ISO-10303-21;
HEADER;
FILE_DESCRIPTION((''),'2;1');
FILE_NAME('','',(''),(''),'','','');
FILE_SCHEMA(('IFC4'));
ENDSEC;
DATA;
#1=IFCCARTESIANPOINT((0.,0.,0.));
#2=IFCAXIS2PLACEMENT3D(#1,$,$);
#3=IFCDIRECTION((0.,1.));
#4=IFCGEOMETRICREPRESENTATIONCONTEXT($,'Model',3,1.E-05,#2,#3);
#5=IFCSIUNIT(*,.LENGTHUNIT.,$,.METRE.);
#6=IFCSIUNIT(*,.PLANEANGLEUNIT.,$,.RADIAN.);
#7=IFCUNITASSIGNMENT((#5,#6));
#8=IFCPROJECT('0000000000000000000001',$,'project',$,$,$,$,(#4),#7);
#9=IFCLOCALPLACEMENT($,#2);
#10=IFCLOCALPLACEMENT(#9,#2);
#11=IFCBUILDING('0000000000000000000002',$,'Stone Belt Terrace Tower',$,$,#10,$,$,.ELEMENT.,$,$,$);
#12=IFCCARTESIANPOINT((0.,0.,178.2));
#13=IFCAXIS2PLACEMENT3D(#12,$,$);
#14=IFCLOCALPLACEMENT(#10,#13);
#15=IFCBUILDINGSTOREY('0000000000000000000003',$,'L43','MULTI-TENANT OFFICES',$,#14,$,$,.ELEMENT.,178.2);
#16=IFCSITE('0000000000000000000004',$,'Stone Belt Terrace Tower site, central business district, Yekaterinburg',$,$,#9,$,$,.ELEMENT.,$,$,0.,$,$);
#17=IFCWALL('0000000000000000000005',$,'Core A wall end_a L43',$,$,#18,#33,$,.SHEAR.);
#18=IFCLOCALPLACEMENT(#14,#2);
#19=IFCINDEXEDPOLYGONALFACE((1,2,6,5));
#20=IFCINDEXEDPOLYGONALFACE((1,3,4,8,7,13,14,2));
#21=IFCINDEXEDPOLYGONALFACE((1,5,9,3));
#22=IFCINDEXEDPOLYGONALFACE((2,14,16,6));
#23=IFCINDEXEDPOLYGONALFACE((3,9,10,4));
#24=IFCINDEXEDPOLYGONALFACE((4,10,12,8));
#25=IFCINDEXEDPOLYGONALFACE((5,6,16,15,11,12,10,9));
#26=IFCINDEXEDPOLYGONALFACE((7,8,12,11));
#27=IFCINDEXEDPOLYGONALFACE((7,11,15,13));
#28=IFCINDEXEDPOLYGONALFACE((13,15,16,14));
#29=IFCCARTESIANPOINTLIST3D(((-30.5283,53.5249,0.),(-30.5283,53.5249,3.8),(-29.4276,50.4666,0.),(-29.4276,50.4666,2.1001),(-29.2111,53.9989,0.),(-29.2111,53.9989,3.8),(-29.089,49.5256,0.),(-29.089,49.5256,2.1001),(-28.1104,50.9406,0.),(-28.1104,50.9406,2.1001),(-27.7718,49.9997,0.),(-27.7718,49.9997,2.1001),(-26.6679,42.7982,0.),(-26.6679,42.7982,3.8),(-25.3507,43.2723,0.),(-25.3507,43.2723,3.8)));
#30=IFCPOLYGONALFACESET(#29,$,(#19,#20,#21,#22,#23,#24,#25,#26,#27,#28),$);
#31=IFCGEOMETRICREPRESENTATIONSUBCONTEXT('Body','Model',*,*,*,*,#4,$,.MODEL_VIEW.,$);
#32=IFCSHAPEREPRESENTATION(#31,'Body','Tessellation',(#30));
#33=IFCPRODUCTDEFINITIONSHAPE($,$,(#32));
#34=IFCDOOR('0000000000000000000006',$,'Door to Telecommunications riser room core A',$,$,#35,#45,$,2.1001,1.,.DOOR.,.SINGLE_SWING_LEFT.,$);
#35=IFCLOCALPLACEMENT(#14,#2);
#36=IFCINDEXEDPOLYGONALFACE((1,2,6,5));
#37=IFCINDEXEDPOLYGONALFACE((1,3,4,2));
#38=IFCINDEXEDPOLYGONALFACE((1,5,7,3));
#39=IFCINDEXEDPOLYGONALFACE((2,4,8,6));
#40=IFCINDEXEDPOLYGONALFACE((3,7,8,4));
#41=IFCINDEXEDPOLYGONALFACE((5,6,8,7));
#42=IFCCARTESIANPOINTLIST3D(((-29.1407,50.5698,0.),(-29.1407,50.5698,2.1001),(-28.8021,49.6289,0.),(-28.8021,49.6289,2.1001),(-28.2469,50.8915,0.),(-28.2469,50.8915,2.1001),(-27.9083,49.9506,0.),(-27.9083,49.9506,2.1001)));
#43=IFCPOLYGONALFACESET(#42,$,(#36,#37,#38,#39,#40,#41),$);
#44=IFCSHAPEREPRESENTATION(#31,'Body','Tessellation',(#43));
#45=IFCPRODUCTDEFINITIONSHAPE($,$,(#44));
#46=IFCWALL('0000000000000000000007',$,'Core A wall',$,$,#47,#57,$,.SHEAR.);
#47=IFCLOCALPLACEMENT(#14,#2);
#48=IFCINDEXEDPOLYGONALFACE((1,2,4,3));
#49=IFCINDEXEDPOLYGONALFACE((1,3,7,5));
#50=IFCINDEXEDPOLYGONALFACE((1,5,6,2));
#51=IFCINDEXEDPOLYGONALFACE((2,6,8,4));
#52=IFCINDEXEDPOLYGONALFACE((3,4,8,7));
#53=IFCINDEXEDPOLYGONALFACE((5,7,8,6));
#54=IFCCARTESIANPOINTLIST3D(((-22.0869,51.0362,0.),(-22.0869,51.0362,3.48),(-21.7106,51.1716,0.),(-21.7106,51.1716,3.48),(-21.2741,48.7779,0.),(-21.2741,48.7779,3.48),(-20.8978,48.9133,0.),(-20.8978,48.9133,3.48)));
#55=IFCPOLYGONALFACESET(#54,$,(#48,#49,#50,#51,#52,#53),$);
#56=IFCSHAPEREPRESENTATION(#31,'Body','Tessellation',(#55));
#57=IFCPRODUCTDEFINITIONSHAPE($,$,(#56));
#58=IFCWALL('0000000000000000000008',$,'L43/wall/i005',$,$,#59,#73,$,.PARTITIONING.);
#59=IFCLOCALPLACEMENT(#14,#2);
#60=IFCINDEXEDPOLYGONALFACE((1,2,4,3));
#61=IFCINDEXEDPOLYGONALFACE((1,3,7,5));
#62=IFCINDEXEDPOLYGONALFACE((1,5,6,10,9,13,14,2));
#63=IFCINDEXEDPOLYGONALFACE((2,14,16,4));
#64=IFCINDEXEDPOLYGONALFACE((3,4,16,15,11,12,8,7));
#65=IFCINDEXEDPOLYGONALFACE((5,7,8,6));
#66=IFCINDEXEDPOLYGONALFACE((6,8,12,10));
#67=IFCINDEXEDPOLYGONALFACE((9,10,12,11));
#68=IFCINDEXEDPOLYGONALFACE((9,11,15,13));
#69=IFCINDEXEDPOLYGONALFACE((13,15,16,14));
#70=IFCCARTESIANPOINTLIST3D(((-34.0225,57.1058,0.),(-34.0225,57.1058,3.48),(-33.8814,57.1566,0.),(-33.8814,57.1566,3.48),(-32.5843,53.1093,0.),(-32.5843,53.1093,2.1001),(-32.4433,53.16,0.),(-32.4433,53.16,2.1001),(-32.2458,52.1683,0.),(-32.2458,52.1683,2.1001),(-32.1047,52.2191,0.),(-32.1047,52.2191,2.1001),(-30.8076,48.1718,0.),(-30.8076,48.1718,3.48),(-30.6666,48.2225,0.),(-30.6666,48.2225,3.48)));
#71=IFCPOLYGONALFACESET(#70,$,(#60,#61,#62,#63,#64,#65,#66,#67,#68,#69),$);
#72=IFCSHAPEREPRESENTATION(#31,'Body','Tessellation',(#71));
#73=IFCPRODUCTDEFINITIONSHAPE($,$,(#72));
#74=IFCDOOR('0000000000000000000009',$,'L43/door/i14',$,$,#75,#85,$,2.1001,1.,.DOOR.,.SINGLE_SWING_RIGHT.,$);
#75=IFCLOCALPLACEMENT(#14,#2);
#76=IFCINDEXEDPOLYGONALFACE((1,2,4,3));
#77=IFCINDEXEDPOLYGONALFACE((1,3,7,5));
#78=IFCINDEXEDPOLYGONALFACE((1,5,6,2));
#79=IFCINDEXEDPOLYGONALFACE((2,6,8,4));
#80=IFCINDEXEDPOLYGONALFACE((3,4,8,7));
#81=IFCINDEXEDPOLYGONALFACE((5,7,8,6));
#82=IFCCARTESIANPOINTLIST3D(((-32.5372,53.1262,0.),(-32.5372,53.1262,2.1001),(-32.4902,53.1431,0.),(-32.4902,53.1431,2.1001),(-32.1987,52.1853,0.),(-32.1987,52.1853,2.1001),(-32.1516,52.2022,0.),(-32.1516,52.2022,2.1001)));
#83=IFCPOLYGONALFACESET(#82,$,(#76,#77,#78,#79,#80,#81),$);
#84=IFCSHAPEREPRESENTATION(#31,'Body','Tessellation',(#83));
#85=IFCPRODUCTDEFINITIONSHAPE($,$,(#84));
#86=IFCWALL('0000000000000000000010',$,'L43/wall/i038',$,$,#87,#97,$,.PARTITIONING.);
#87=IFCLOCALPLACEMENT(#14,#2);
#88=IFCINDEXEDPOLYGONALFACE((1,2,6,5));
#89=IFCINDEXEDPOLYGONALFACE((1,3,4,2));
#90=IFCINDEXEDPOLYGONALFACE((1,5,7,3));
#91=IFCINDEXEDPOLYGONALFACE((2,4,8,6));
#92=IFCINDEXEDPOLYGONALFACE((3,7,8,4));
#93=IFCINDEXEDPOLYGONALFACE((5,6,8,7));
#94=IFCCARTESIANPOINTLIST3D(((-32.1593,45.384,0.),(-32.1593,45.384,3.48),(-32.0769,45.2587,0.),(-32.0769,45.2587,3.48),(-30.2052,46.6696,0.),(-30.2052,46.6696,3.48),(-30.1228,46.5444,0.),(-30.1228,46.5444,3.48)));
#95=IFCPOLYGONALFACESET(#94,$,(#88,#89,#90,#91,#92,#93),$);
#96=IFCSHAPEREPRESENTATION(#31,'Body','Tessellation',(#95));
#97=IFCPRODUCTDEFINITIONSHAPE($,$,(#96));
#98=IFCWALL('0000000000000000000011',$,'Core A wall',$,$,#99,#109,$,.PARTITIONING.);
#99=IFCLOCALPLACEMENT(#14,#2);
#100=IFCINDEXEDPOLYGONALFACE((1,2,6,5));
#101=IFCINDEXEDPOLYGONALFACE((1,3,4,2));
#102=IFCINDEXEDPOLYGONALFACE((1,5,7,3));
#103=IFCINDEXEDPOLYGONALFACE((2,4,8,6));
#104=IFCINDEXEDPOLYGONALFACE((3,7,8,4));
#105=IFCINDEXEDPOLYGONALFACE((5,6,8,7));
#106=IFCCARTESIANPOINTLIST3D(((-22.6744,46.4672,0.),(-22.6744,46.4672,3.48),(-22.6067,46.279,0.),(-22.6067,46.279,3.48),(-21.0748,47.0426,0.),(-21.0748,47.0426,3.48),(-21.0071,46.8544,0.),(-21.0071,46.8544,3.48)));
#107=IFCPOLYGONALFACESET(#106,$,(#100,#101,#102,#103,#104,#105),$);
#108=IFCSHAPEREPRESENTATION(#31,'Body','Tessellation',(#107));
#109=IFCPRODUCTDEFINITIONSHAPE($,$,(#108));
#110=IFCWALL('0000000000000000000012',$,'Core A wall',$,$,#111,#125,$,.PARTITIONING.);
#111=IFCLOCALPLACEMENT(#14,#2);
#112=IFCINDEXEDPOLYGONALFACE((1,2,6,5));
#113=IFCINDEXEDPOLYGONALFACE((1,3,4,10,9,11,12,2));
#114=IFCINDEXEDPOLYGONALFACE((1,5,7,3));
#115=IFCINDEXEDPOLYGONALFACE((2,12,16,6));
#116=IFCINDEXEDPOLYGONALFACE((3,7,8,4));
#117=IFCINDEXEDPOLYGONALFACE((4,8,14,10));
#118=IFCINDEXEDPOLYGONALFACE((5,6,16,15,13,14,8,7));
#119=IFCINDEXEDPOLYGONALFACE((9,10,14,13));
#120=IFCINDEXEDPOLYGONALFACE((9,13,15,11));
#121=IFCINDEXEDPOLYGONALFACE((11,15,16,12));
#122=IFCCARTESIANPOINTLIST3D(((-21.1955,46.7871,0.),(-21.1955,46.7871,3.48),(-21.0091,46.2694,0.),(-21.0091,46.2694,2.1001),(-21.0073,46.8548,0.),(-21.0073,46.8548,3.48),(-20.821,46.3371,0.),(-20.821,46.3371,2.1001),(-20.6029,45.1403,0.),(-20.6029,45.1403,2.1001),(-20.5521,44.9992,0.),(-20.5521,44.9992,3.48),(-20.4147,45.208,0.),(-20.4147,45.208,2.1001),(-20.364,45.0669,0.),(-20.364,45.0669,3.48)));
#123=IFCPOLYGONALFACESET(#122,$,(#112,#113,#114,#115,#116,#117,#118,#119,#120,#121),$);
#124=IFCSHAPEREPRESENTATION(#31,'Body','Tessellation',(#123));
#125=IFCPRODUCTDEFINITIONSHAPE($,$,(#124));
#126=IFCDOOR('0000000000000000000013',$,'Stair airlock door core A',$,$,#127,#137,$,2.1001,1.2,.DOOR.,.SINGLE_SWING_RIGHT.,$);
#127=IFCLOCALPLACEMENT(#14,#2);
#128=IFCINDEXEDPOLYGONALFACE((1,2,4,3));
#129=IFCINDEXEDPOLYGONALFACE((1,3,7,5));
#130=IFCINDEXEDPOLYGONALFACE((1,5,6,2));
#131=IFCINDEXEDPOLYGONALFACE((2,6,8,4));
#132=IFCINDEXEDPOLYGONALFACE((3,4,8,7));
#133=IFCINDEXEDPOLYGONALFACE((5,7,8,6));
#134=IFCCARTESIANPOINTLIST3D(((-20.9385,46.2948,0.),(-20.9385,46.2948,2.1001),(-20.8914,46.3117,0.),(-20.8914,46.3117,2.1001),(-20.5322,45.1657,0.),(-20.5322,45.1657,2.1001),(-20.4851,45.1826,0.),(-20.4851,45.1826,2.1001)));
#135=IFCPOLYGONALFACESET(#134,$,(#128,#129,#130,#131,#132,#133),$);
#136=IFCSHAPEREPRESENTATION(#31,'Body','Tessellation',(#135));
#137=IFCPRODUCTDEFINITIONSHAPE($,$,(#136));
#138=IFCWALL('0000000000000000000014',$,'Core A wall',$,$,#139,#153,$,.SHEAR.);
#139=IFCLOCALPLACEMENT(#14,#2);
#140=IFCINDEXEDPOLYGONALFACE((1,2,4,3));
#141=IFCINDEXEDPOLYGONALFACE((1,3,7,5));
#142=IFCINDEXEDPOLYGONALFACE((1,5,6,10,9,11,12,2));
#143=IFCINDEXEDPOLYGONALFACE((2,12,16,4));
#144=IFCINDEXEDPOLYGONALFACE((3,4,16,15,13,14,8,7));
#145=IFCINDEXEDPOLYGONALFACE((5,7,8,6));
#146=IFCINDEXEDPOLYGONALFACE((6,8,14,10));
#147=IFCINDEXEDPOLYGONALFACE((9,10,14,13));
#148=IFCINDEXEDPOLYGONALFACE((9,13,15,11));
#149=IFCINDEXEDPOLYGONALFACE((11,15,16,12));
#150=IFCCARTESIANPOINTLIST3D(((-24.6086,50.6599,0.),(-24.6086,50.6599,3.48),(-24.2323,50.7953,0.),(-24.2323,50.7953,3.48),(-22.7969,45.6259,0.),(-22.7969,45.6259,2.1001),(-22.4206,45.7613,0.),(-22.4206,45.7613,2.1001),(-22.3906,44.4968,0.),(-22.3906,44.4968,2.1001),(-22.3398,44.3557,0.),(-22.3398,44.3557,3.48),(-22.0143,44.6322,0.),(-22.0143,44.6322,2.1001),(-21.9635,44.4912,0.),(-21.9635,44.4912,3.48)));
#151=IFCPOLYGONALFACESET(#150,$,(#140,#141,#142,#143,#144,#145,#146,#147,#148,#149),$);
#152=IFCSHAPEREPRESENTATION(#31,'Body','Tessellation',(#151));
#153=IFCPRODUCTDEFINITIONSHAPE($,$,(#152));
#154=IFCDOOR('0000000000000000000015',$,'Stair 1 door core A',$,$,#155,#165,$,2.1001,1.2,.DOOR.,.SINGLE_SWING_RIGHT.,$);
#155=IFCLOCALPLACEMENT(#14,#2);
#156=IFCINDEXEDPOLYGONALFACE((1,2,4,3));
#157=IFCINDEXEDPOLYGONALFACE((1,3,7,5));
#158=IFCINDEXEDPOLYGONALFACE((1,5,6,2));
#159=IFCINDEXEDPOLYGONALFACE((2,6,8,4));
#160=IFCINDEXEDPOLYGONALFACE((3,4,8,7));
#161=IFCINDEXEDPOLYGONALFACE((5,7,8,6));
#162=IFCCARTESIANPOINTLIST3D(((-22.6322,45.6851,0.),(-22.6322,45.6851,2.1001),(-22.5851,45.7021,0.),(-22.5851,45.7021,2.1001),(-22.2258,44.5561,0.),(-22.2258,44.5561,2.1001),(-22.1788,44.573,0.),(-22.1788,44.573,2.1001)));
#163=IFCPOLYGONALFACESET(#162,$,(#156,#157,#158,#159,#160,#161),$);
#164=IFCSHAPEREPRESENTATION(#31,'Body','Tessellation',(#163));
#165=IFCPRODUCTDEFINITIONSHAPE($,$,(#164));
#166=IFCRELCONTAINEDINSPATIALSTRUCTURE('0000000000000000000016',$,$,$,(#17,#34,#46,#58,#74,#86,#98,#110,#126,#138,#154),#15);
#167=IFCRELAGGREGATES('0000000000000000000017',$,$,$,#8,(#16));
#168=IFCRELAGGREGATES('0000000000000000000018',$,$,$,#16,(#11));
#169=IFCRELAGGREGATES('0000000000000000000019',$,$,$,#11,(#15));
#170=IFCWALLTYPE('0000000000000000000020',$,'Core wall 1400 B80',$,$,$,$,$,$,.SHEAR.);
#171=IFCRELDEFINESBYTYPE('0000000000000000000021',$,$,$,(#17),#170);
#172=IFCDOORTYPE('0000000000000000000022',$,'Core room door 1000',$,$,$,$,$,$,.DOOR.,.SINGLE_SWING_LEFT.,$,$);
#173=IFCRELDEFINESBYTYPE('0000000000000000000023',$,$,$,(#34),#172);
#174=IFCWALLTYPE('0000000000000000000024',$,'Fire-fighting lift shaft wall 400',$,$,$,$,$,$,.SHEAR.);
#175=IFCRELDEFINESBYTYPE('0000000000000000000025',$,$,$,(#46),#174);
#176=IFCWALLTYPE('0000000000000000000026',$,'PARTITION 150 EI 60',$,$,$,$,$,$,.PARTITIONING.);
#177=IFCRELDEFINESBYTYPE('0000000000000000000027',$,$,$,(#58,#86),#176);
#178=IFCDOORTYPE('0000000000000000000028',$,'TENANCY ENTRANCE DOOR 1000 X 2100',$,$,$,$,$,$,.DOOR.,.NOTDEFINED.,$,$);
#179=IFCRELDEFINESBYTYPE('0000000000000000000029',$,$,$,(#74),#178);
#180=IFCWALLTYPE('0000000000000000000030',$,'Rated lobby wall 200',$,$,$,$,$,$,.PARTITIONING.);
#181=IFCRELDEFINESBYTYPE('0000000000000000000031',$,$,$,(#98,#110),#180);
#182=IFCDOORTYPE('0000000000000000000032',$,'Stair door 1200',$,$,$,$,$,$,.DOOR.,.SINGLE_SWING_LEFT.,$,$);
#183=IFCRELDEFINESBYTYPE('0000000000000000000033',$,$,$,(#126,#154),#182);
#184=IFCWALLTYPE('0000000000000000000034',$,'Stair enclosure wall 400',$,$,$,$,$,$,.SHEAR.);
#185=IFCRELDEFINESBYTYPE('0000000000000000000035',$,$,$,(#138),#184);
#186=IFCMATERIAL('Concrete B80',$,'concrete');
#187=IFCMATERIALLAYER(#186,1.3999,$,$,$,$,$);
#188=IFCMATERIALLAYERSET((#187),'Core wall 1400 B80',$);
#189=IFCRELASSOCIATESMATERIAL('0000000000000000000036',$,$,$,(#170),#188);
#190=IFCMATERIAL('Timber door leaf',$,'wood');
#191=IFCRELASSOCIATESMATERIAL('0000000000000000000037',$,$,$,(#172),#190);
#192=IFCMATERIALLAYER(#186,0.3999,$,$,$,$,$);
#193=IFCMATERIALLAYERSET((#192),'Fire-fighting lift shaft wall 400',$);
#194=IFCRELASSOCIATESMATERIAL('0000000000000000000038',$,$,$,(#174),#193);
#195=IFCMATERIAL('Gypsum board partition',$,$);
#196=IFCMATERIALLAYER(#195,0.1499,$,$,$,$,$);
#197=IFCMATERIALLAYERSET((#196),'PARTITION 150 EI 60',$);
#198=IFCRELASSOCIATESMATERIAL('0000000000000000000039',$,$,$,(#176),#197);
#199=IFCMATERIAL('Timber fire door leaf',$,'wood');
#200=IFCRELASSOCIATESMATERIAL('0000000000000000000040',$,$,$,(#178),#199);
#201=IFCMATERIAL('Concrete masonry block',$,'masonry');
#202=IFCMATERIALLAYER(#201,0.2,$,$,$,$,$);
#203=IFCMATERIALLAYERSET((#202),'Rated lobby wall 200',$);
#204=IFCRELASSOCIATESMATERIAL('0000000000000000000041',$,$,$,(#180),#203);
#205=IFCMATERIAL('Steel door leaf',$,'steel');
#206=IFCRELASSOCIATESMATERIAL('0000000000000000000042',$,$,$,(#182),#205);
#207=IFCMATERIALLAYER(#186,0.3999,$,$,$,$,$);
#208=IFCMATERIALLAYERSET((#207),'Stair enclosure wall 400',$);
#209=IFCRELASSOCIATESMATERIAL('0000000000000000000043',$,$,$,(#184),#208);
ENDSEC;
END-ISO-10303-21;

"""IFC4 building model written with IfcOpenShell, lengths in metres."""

from ifc_helpers import new_model, si_unit, direction, frame, frame_2d, origin, place, context, subcontext, project, spatial, rectangle, extrude, material, layer, layer_set, type_object, element, fill, save


model = new_model("IFC4")

# Units and contexts
model_context = context("Model", 3, precision=1e-05, world=origin(), true_north=direction((0.0, 1.0)))
body_context = subcontext(model_context, "Body", "Model", "MODEL_VIEW")
ifc_project = project(units=[si_unit("LENGTHUNIT", "METRE"), si_unit("PLANEANGLEUNIT", "RADIAN")], contexts=[model_context])

# Site, building, storey
site_placement = place(None, origin())
site = spatial("IfcSite", under=ifc_project, at=site_placement, Name="Stone Belt Terrace Tower site, central business district, Yekaterinburg", CompositionType="ELEMENT", RefElevation=0.0)
building_placement = place(site_placement, origin())
building = spatial("IfcBuilding", under=site, at=building_placement, Name="Stone Belt Terrace Tower", CompositionType="ELEMENT")
storey_placement = place(building_placement, frame((0.0, 0.0, 178.2)))
storey = spatial("IfcBuildingStorey", under=building, at=storey_placement, Name="L43", Description="MULTI-TENANT OFFICES", CompositionType="ELEMENT", Elevation=178.2)

# Wall, opening, door
ifc_material_1 = material(Name="Concrete B80", Category="concrete")
ifc_layer_1 = layer(ifc_material_1, 1.3999)
ifc_layer_set_1 = layer_set([ifc_layer_1], Name="Core wall 1400 B80")
wall_type_1 = type_object("IfcWallType", Name="Core wall 1400 B80", PredefinedType="SHEAR", material=ifc_layer_set_1)
wall_1_placement = place(storey_placement, frame((-26.0093, 43.0352, 0.0), z_axis=(0.0, 0.0, 1.0), x_axis=(-0.338625, 0.940921, 0.0)))
wall_1 = element("IfcWall", 1, at=wall_1_placement, inside=storey, type_object=wall_type_1, Name="Core A wall end_a L43", PredefinedType="SHEAR", context=body_context, shape_type="SweptSolid", body=[
    extrude(rectangle(XDim=11.4001, YDim=1.3999, at=frame_2d((5.7002, 0.0))), origin(), (0.0, 0.0, 1.0), 3.8),
])
opening_1_placement = place(wall_1_placement, frame((7.1499, 0.0, 0.0)))
opening_1 = element("IfcOpeningElement", 2, at=opening_1_placement, cuts=wall_1, PredefinedType="OPENING", context=body_context, shape_type="SweptSolid", body=[
    extrude(rectangle(XDim=1.0, YDim=2.1001, at=frame_2d((0.5, 1.05))), frame((0.0, 0.71, 0.0), z_axis=(0.0, -1.0, 0.0), x_axis=(1.0, 0.0, 0.0)), (0.0, 0.0, 1.0), 1.4199),
])
ifc_material_2 = material(Name="Timber door leaf", Category="wood")
door_type_1 = type_object("IfcDoorType", Name="Core room door 1000", OperationType="SINGLE_SWING_LEFT", PredefinedType="DOOR", material=ifc_material_2)
door_1_placement = place(opening_1_placement, origin())
door_1 = element("IfcDoor", 3, at=door_1_placement, inside=storey, type_object=door_type_1, Name="Door to Telecommunications riser room core A", OperationType="SINGLE_SWING_LEFT", OverallHeight=2.1001, OverallWidth=1.0, PredefinedType="DOOR", context=body_context, shape_type="SweptSolid", body=[
    extrude(rectangle(XDim=1.0, YDim=2.1001, at=frame_2d((0.5, 1.05))), frame((0.0, 0.395, 0.0), z_axis=(0.0, -1.0, 0.0), x_axis=(1.0, 0.0, 0.0)), (0.0, 0.0, 1.0), 0.95),
])
fill(opening_1, door_1)

# Wall
ifc_layer_2 = layer(ifc_material_1, 0.3999)
ifc_layer_set_2 = layer_set([ifc_layer_2], Name="Fire-fighting lift shaft wall 400")
wall_type_2 = type_object("IfcWallType", Name="Fire-fighting lift shaft wall 400", PredefinedType="SHEAR", material=ifc_layer_set_2)
wall_2_placement = place(storey_placement, frame((-21.0859, 48.8455, 0.0), z_axis=(0.0, 0.0, 1.0), x_axis=(-0.338629, 0.94092, 0.0)))
element("IfcWall", 4, at=wall_2_placement, inside=storey, type_object=wall_type_2, Name="Core A wall", PredefinedType="SHEAR", context=body_context, shape_type="SweptSolid", body=[
    extrude(rectangle(XDim=2.4001, YDim=0.3999, at=frame_2d((1.2002, 0.0))), origin(), (0.0, 0.0, 1.0), 3.48),
])

# Wall, opening, door
ifc_material_3 = material(Name="Gypsum board partition")
ifc_layer_3 = layer(ifc_material_3, 0.1499)
ifc_layer_set_3 = layer_set([ifc_layer_3], Name="PARTITION 150 EI 60")
wall_type_3 = type_object("IfcWallType", Name="PARTITION 150 EI 60", PredefinedType="PARTITIONING", material=ifc_layer_set_3)
wall_3_placement = place(storey_placement, frame((-30.7371, 48.197, 0.0), z_axis=(0.0, 0.0, 1.0), x_axis=(-0.338587, 0.940935, 0.0)))
wall_3 = element("IfcWall", 5, at=wall_3_placement, inside=storey, type_object=wall_type_3, Name="L43/wall/i005", PredefinedType="PARTITIONING", context=body_context, shape_type="SweptSolid", body=[
    extrude(rectangle(XDim=9.4949, YDim=0.1499, at=frame_2d((4.7476, 0.0))), origin(), (0.0, 0.0, 1.0), 3.48),
])
opening_2_placement = place(wall_3_placement, frame((4.2476, 0.0, 0.0)))
opening_2 = element("IfcOpeningElement", 6, at=opening_2_placement, cuts=wall_3, PredefinedType="OPENING", context=body_context, shape_type="SweptSolid", body=[
    extrude(rectangle(XDim=1.0, YDim=2.1001, at=frame_2d((0.5, 1.05))), frame((0.0, 0.085, 0.0), z_axis=(0.0, -1.0, 0.0), x_axis=(1.0, 0.0, 0.0)), (0.0, 0.0, 1.0), 0.1699),
])
ifc_material_4 = material(Name="Timber fire door leaf", Category="wood")
door_type_2 = type_object("IfcDoorType", Name="TENANCY ENTRANCE DOOR 1000 X 2100", OperationType="NOTDEFINED", PredefinedType="DOOR", material=ifc_material_4)
door_2_placement = place(opening_2_placement, origin())
door_2 = element("IfcDoor", 7, at=door_2_placement, inside=storey, type_object=door_type_2, Name="L43/door/i14", OperationType="SINGLE_SWING_RIGHT", OverallHeight=2.1001, OverallWidth=1.0, PredefinedType="DOOR", context=body_context, shape_type="SweptSolid", body=[
    extrude(rectangle(XDim=1.0, YDim=2.1001, at=frame_2d((0.5, 1.05))), frame((0.0, 0.0249, 0.0), z_axis=(0.0, -1.0, 0.0), x_axis=(1.0, 0.0, 0.0)), (0.0, 0.0, 1.0), 0.05),
])
fill(opening_2, door_2)

# Walls
wall_4_placement = place(storey_placement, frame((-30.1641, 46.6069, 0.0), z_axis=(0.0, 0.0, 1.0), x_axis=(-0.835407, -0.549632, 0.0)))
element("IfcWall", 8, at=wall_4_placement, inside=storey, type_object=wall_type_3, Name="L43/wall/i038", PredefinedType="PARTITIONING", context=body_context, shape_type="SweptSolid", body=[
    extrude(rectangle(XDim=2.3391, YDim=0.1499, at=frame_2d((1.1694, 0.0))), origin(), (0.0, 0.0, 1.0), 3.48),
])
ifc_material_5 = material(Name="Concrete masonry block", Category="masonry")
ifc_layer_4 = layer(ifc_material_5, 0.2)
ifc_layer_set_4 = layer_set([ifc_layer_4], Name="Rated lobby wall 200")
wall_type_4 = type_object("IfcWallType", Name="Rated lobby wall 200", PredefinedType="PARTITIONING", material=ifc_layer_set_4)
wall_5_placement = place(storey_placement, frame((-22.6406, 46.373, 0.0), z_axis=(0.0, 0.0, 1.0), x_axis=(0.940966, 0.338501, 0.0)))
element("IfcWall", 9, at=wall_5_placement, inside=storey, type_object=wall_type_4, Name="Core A wall", PredefinedType="PARTITIONING", context=body_context, shape_type="SweptSolid", body=[
    extrude(rectangle(XDim=1.7, YDim=0.2, at=frame_2d((0.8501, 0.0))), origin(), (0.0, 0.0, 1.0), 3.48),
])

# Walls, openings, doors
wall_6_placement = place(storey_placement, frame((-20.458, 45.033, 0.0), z_axis=(0.0, 0.0, 1.0), x_axis=(-0.338574, 0.94094, 0.0)))
wall_6 = element("IfcWall", 10, at=wall_6_placement, inside=storey, type_object=wall_type_4, Name="Core A wall", PredefinedType="PARTITIONING", context=body_context, shape_type="SweptSolid", body=[
    extrude(rectangle(XDim=1.9001, YDim=0.2, at=frame_2d((0.9502, 0.0))), origin(), (0.0, 0.0, 1.0), 3.48),
])
opening_3_placement = place(wall_6_placement, frame((0.1499, 0.0, 0.0)))
opening_3 = element("IfcOpeningElement", 11, at=opening_3_placement, cuts=wall_6, PredefinedType="OPENING", context=body_context, shape_type="SweptSolid", body=[
    extrude(rectangle(XDim=1.2, YDim=2.1001, at=frame_2d((0.6001, 1.05))), frame((0.0, 0.1099, 0.0), z_axis=(0.0, -1.0, 0.0), x_axis=(1.0, 0.0, 0.0)), (0.0, 0.0, 1.0), 0.22),
])
ifc_material_6 = material(Name="Steel door leaf", Category="steel")
door_type_3 = type_object("IfcDoorType", Name="Stair door 1200", OperationType="SINGLE_SWING_LEFT", PredefinedType="DOOR", material=ifc_material_6)
door_3_placement = place(opening_3_placement, origin())
door_3 = element("IfcDoor", 12, at=door_3_placement, inside=storey, type_object=door_type_3, Name="Stair airlock door core A", OperationType="SINGLE_SWING_RIGHT", OverallHeight=2.1001, OverallWidth=1.2, PredefinedType="DOOR", context=body_context, shape_type="SweptSolid", body=[
    extrude(rectangle(XDim=1.2, YDim=2.1001, at=frame_2d((0.6001, 1.05))), frame((0.0, 0.0249, 0.0), z_axis=(0.0, -1.0, 0.0), x_axis=(1.0, 0.0, 0.0)), (0.0, 0.0, 1.0), 0.05),
])
fill(opening_3, door_3)
ifc_layer_5 = layer(ifc_material_1, 0.3999)
ifc_layer_set_5 = layer_set([ifc_layer_5], Name="Stair enclosure wall 400")
wall_type_5 = type_object("IfcWallType", Name="Stair enclosure wall 400", PredefinedType="SHEAR", material=ifc_layer_set_5)
wall_7_placement = place(storey_placement, frame((-22.1516, 44.4233, 0.0), z_axis=(0.0, 0.0, 1.0), x_axis=(-0.338625, 0.940921, 0.0)))
wall_7 = element("IfcWall", 13, at=wall_7_placement, inside=storey, type_object=wall_type_5, Name="Core A wall", PredefinedType="SHEAR", context=body_context, shape_type="SweptSolid", body=[
    extrude(rectangle(XDim=6.7, YDim=0.3999, at=frame_2d((3.3501, 0.0))), origin(), (0.0, 0.0, 1.0), 3.48),
])
opening_4_placement = place(wall_7_placement, frame((0.1499, 0.0, 0.0)))
opening_4 = element("IfcOpeningElement", 14, at=opening_4_placement, cuts=wall_7, PredefinedType="OPENING", context=body_context, shape_type="SweptSolid", body=[
    extrude(rectangle(XDim=1.2, YDim=2.1001, at=frame_2d((0.6001, 1.05))), frame((0.0, 0.21, 0.0), z_axis=(0.0, -1.0, 0.0), x_axis=(1.0, 0.0, 0.0)), (0.0, 0.0, 1.0), 0.4199),
])
door_4_placement = place(opening_4_placement, origin())
door_4 = element("IfcDoor", 15, at=door_4_placement, inside=storey, type_object=door_type_3, Name="Stair 1 door core A", OperationType="SINGLE_SWING_RIGHT", OverallHeight=2.1001, OverallWidth=1.2, PredefinedType="DOOR", context=body_context, shape_type="SweptSolid", body=[
    extrude(rectangle(XDim=1.2, YDim=2.1001, at=frame_2d((0.6001, 1.05))), frame((0.0, 0.0249, 0.0), z_axis=(0.0, -1.0, 0.0), x_axis=(1.0, 0.0, 0.0)), (0.0, 0.0, 1.0), 0.05),
])
fill(opening_4, door_4)

save(model, "model.ifc")
